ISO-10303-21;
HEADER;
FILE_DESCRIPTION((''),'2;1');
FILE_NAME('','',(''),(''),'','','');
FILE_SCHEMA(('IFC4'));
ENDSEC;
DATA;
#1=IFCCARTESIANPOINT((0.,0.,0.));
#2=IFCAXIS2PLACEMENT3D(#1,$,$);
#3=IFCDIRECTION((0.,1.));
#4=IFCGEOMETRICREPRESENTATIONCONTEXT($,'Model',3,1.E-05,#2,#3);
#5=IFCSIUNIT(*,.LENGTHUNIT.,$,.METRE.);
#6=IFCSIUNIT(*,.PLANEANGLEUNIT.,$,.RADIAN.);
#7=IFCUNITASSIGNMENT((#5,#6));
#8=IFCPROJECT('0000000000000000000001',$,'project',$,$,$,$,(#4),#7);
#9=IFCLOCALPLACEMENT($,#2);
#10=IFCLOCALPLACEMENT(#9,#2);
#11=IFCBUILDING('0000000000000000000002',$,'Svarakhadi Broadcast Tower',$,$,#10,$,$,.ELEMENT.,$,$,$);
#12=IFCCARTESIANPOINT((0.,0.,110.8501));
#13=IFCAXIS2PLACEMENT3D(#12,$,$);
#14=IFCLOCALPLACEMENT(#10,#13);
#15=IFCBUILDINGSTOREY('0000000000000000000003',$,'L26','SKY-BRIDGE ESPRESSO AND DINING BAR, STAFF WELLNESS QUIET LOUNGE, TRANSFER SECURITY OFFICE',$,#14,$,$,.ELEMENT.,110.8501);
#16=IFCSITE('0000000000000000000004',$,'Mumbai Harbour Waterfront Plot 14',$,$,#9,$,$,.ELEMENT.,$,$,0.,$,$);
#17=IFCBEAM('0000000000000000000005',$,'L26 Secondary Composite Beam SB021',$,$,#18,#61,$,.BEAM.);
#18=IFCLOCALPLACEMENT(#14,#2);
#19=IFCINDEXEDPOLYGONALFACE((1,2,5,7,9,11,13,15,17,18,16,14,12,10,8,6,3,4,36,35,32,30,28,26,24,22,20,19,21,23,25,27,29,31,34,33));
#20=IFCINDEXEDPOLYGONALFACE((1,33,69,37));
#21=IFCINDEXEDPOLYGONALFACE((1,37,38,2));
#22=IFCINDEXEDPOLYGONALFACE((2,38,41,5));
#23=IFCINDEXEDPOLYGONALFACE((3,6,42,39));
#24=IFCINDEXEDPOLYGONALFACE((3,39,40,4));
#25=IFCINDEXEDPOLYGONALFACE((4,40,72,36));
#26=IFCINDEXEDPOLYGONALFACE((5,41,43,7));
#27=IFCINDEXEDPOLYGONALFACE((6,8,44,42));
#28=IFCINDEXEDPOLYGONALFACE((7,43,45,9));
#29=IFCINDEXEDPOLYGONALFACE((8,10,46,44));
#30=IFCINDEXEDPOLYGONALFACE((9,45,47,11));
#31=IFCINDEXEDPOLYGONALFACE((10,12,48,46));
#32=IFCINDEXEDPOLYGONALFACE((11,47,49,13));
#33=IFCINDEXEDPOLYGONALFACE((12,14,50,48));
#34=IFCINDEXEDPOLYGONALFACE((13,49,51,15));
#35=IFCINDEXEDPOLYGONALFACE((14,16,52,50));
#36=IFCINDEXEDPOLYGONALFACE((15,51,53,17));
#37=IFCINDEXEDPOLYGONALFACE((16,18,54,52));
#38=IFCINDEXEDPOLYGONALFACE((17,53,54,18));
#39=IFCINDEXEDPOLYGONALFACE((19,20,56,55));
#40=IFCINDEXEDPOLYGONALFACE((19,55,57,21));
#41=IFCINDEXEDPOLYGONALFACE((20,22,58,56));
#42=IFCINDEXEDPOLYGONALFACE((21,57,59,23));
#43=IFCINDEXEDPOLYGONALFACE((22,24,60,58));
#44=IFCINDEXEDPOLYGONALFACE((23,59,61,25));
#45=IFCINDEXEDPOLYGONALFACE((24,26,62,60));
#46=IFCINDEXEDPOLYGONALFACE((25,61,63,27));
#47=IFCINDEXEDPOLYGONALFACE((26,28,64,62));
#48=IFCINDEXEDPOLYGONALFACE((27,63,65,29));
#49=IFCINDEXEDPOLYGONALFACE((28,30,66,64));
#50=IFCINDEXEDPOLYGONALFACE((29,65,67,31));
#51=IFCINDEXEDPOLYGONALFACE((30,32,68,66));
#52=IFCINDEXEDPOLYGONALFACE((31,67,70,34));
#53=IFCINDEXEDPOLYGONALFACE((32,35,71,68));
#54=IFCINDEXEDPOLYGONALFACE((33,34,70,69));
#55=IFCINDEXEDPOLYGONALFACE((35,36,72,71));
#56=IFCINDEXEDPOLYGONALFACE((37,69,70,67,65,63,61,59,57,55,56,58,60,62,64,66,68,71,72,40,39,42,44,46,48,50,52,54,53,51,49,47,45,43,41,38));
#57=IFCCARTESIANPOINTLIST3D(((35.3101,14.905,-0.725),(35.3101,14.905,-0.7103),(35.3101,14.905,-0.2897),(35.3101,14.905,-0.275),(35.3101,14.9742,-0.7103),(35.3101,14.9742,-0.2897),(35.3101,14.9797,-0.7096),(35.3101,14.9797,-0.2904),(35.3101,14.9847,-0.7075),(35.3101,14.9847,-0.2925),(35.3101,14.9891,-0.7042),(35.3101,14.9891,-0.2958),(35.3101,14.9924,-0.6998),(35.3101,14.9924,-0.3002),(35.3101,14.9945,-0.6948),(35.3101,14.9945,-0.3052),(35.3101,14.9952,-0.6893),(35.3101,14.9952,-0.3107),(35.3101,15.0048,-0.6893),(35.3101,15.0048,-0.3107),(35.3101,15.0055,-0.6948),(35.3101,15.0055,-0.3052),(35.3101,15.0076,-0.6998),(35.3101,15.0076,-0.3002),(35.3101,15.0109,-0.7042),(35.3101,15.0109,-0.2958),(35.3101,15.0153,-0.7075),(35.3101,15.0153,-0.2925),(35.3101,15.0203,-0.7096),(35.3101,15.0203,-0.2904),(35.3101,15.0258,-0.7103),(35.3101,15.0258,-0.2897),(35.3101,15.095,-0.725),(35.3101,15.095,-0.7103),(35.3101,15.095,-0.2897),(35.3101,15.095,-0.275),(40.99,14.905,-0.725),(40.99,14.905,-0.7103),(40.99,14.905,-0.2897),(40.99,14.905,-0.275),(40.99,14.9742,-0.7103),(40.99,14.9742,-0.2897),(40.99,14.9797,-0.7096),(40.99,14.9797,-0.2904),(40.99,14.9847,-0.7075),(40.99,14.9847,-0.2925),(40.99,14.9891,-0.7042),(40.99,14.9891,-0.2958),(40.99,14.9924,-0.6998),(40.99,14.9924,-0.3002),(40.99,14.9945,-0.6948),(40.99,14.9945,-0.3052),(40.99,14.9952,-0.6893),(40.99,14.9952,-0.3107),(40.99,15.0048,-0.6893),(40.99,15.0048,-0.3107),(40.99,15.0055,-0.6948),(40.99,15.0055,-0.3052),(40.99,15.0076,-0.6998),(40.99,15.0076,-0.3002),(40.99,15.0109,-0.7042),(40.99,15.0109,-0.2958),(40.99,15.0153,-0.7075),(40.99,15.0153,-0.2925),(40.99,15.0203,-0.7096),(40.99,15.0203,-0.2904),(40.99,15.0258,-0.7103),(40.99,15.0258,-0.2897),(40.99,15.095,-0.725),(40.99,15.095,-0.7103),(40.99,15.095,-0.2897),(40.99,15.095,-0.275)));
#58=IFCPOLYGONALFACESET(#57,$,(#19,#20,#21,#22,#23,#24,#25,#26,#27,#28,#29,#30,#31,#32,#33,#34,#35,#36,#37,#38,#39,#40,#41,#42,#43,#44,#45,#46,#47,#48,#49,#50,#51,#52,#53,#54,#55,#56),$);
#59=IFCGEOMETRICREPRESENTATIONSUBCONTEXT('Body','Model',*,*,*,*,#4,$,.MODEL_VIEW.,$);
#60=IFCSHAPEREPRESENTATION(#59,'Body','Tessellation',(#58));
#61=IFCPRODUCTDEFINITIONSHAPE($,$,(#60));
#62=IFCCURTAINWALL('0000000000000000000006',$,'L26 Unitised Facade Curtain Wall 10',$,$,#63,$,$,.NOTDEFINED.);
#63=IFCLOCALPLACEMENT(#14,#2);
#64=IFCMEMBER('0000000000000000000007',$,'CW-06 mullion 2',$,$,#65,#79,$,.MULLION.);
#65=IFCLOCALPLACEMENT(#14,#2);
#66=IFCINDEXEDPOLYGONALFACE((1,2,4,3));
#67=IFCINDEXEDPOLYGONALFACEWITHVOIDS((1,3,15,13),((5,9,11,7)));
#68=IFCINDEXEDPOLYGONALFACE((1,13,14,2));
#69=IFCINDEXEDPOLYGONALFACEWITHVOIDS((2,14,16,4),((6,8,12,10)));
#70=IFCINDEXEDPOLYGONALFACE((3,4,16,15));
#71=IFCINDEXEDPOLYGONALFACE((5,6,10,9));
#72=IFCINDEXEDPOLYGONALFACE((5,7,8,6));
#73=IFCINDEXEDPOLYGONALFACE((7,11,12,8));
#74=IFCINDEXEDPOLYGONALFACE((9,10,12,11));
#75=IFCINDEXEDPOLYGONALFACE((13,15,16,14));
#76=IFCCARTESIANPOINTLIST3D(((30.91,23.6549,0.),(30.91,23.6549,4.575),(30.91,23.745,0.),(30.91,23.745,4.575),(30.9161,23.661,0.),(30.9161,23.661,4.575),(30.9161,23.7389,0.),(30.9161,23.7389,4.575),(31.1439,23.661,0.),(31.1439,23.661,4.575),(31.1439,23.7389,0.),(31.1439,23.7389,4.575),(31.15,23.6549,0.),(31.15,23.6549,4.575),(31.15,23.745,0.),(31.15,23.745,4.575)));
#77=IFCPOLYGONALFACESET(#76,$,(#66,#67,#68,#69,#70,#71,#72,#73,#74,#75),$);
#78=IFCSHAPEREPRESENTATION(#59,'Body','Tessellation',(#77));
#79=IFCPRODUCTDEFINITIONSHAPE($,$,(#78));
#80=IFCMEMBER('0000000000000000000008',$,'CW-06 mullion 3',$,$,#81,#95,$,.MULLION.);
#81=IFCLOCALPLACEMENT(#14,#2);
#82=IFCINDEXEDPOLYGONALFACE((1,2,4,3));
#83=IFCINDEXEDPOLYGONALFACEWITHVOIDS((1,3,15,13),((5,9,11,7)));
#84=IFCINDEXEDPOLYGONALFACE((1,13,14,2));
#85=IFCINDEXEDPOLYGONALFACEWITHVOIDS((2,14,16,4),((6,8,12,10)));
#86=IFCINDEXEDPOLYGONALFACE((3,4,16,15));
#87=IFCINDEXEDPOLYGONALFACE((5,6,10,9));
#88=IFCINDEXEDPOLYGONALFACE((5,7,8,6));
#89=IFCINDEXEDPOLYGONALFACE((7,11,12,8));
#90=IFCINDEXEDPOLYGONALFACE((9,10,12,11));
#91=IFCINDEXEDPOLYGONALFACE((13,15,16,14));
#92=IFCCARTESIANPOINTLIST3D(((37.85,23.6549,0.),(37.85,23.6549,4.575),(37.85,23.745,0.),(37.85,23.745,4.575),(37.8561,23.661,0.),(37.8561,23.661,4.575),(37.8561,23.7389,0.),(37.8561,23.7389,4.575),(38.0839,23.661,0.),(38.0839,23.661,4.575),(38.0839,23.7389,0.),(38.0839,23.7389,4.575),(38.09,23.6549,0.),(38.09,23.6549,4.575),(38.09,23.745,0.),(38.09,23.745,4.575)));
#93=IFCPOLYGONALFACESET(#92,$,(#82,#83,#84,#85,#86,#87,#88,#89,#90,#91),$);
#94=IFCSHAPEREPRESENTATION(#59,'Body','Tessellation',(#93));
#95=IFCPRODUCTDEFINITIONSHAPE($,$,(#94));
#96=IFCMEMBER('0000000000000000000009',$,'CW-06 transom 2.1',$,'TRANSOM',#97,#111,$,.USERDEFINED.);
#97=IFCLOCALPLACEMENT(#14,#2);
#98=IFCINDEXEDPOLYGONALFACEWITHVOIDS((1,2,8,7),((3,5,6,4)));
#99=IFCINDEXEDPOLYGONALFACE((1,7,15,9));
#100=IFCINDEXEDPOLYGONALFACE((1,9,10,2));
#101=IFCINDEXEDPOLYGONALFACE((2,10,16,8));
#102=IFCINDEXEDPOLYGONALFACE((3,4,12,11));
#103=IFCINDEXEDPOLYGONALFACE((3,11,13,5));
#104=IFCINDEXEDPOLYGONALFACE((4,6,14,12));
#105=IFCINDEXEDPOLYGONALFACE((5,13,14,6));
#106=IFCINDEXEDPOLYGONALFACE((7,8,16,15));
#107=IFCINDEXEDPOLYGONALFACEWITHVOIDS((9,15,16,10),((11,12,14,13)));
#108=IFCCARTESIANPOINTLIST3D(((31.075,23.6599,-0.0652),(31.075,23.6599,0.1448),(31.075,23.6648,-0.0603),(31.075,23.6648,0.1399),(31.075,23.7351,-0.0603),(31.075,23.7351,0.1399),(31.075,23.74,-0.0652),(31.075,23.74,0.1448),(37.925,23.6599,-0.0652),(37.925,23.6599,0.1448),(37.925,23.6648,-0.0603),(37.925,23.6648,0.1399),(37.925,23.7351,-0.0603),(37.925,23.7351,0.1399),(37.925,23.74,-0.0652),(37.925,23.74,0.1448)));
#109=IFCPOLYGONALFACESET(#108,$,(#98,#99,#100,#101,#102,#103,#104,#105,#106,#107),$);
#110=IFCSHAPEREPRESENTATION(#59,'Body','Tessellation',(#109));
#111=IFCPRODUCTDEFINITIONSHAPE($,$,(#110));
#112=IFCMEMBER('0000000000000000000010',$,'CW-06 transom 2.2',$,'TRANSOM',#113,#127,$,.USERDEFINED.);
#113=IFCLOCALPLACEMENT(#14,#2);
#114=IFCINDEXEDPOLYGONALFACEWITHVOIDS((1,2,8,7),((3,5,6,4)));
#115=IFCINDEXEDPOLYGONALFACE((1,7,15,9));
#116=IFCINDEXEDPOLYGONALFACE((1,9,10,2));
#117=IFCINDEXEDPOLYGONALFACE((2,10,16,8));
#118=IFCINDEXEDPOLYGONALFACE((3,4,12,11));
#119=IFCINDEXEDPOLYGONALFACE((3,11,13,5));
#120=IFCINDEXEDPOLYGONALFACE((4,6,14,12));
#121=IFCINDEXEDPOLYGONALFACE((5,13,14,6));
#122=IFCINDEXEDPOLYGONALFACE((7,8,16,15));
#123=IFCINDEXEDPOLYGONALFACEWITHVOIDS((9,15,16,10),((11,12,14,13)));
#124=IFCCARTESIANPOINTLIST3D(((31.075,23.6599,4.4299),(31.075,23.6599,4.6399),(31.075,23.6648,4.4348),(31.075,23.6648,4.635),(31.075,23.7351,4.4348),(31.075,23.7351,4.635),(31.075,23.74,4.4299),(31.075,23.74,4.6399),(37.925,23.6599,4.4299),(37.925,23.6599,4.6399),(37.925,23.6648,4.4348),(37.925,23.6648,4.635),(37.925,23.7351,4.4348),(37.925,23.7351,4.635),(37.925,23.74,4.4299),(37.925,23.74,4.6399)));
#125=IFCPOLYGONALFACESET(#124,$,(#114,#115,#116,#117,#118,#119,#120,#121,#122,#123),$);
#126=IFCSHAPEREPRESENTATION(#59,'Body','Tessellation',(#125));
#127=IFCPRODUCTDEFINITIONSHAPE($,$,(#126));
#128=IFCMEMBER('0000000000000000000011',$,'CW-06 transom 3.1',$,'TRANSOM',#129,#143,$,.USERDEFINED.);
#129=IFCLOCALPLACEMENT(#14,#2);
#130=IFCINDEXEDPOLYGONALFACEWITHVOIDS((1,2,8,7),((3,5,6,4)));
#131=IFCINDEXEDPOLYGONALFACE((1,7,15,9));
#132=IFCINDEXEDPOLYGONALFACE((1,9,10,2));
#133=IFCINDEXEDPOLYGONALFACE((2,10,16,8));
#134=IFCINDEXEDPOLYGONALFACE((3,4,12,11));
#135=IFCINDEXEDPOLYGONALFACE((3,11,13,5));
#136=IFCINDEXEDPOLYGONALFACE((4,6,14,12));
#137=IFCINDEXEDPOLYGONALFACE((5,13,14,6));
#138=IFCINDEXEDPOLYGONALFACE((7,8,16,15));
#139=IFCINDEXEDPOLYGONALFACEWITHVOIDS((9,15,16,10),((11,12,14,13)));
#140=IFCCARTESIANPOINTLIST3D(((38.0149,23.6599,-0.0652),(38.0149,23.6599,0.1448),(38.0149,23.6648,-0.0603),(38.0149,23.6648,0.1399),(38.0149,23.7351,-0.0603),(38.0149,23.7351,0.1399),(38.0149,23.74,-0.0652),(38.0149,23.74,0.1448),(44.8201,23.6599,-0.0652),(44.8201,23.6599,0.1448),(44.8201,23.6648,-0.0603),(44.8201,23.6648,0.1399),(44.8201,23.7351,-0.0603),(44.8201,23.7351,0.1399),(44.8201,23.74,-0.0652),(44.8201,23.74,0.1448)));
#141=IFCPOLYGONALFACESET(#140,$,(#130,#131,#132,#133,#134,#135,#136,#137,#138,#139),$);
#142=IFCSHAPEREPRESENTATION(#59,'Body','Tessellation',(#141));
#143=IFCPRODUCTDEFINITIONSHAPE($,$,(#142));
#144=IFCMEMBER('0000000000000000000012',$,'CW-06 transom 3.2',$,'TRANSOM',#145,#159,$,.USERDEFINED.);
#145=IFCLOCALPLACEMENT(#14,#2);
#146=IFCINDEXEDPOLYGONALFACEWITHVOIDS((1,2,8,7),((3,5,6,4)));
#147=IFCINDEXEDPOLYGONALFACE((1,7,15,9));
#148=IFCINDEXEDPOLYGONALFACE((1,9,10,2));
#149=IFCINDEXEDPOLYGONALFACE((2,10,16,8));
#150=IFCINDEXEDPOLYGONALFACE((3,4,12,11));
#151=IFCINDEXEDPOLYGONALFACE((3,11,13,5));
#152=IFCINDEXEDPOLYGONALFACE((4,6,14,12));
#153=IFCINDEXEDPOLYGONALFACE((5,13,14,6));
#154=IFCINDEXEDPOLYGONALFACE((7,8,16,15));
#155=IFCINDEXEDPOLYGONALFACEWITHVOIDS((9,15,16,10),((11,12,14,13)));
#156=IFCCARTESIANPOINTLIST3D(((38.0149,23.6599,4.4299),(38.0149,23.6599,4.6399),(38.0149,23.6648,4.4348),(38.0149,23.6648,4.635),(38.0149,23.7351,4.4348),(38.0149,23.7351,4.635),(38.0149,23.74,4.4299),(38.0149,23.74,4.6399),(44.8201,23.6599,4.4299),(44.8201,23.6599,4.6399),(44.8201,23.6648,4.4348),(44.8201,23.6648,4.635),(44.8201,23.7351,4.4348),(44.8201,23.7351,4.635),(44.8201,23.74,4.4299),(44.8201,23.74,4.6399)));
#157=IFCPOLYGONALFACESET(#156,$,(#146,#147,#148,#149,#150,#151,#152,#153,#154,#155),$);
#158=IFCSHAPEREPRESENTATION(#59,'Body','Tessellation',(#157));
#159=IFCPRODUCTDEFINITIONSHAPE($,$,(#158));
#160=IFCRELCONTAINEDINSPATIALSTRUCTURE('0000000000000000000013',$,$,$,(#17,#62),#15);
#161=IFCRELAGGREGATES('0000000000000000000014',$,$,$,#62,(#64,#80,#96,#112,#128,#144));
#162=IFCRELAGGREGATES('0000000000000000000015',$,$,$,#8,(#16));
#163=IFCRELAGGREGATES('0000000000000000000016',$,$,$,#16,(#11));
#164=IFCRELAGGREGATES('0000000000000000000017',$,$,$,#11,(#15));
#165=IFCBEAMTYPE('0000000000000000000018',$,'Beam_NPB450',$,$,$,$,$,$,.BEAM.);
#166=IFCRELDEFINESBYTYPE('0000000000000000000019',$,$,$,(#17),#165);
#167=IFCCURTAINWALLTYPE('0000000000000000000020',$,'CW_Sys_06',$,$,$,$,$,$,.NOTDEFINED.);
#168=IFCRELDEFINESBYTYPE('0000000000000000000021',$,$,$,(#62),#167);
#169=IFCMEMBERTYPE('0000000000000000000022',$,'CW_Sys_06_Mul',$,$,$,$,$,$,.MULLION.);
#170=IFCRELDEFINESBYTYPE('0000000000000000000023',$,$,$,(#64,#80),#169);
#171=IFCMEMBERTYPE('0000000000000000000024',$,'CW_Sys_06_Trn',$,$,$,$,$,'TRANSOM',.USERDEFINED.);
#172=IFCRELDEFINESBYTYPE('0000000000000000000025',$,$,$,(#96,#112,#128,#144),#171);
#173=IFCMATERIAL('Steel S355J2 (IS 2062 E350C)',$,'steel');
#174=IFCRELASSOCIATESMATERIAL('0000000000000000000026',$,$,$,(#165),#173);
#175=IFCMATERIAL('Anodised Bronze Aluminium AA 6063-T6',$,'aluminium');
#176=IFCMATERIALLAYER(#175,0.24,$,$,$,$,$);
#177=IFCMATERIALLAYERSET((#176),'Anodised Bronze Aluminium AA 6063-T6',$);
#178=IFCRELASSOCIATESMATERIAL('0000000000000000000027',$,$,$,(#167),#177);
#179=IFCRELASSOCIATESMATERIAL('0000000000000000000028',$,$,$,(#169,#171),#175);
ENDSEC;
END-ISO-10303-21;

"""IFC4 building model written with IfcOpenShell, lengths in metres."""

from ifc_helpers import new_model, si_unit, direction, frame, origin, origin_2d, place, context, subcontext, project, spatial, hollow_rectangle, i_section, extrude, material, layer, layer_set, material_profile, profile_set, type_object, element, aggregate, save


model = new_model("IFC4")

# Units and contexts
model_context = context("Model", 3, precision=1e-05, world=origin(), true_north=direction((0.0, 1.0)))
body_context = subcontext(model_context, "Body", "Model", "MODEL_VIEW")
ifc_project = project(units=[si_unit("LENGTHUNIT", "METRE"), si_unit("PLANEANGLEUNIT", "RADIAN")], contexts=[model_context])

# Site, building, storey
site_placement = place(None, origin())
site = spatial("IfcSite", under=ifc_project, at=site_placement, Name="Mumbai Harbour Waterfront Plot 14", CompositionType="ELEMENT", RefElevation=0.0)
building_placement = place(site_placement, origin())
building = spatial("IfcBuilding", under=site, at=building_placement, Name="Svarakhadi Broadcast Tower", CompositionType="ELEMENT")
storey_placement = place(building_placement, frame((0.0, 0.0, 110.8501)))
storey = spatial("IfcBuildingStorey", under=building, at=storey_placement, Name="L26", Description="SKY-BRIDGE ESPRESSO AND DINING BAR, STAFF WELLNESS QUIET LOUNGE, TRANSFER SECURITY OFFICE", CompositionType="ELEMENT", Elevation=110.8501)

# Beam
ifc_material_1 = material(Name="Steel S355J2 (IS 2062 E350C)", Category="steel")
ifc_material_profile_1 = material_profile(ifc_material_1, i_section(OverallWidth=0.1899, OverallDepth=0.45, WebThickness=0.0095, FlangeThickness=0.0146, FilletRadius=0.021, at=origin_2d()), Name="NPB 450x190x78")
ifc_profile_set_1 = profile_set([ifc_material_profile_1], Name="Steel S355J2 (IS 2062 E350C)")
beam_type_1 = type_object("IfcBeamType", Name="Beam_NPB450", PredefinedType="BEAM", material=ifc_profile_set_1)
beam_1_placement = place(storey_placement, frame((35.3101, 15.0, -0.5), z_axis=(1.0, 0.0, 0.0), x_axis=(0.0, 1.0, 0.0)))
element("IfcBeam", 1, at=beam_1_placement, inside=storey, type_object=beam_type_1, Name="L26 Secondary Composite Beam SB021", PredefinedType="BEAM", context=body_context, shape_type="SweptSolid", body=[
    extrude(i_section(OverallWidth=0.1899, OverallDepth=0.45, WebThickness=0.0095, FlangeThickness=0.0146, FilletRadius=0.021, at=origin_2d()), origin(), (0.0, 0.0, 1.0), 5.6799),
])

# Curtain wall, members
ifc_material_2 = material(Name="Anodised Bronze Aluminium AA 6063-T6", Category="aluminium")
ifc_layer_1 = layer(ifc_material_2, 0.24)
ifc_layer_set_1 = layer_set([ifc_layer_1], Name="Anodised Bronze Aluminium AA 6063-T6")
curtain_wall_type = type_object("IfcCurtainWallType", Name="CW_Sys_06", PredefinedType="NOTDEFINED", material=ifc_layer_set_1)
curtain_wall_placement = place(storey_placement, origin())
curtain_wall = element("IfcCurtainWall", 2, at=curtain_wall_placement, inside=storey, type_object=curtain_wall_type, Name="L26 Unitised Facade Curtain Wall 10", PredefinedType="NOTDEFINED")
ifc_material_profile_2 = material_profile(ifc_material_2, hollow_rectangle(XDim=0.0901, YDim=0.24, WallThickness=0.0061, at=origin_2d()), Name="ALU MULLION 240x90x6")
ifc_profile_set_2 = profile_set([ifc_material_profile_2], Name="Anodised Bronze Aluminium AA 6063-T6")
member_type_1 = type_object("IfcMemberType", Name="CW_Sys_06_Mul", PredefinedType="MULLION", material=ifc_profile_set_2)
member_1_placement = place(storey_placement, frame((31.03, 23.7, 0.0), z_axis=(0.0, 0.0, 1.0), x_axis=(0.0, 1.0, 0.0)))
member_1 = element("IfcMember", 3, at=member_1_placement, type_object=member_type_1, Name="CW-06 mullion 2", PredefinedType="MULLION", context=body_context, shape_type="SweptSolid", body=[
    extrude(hollow_rectangle(XDim=0.0901, YDim=0.24, WallThickness=0.0061, at=origin_2d()), origin(), (0.0, 0.0, 1.0), 4.575),
])
member_2_placement = place(storey_placement, frame((37.97, 23.7, 0.0), z_axis=(0.0, 0.0, 1.0), x_axis=(0.0, 1.0, 0.0)))
member_2 = element("IfcMember", 4, at=member_2_placement, type_object=member_type_1, Name="CW-06 mullion 3", PredefinedType="MULLION", context=body_context, shape_type="SweptSolid", body=[
    extrude(hollow_rectangle(XDim=0.0901, YDim=0.24, WallThickness=0.0061, at=origin_2d()), origin(), (0.0, 0.0, 1.0), 4.575),
])
ifc_material_profile_3 = material_profile(ifc_material_2, hollow_rectangle(XDim=0.0801, YDim=0.21, WallThickness=0.0049, at=origin_2d()), Name="ALU TRANSOM 210x80x5")
ifc_profile_set_3 = profile_set([ifc_material_profile_3], Name="Anodised Bronze Aluminium AA 6063-T6")
member_type_2 = type_object("IfcMemberType", Name="CW_Sys_06_Trn", ElementType="TRANSOM", PredefinedType="USERDEFINED", material=ifc_profile_set_3)
member_3_placement = place(storey_placement, frame((31.075, 23.7, 0.0398), z_axis=(1.0, 0.0, 0.0), x_axis=(0.0, 1.0, 0.0)))
member_3 = element("IfcMember", 5, at=member_3_placement, type_object=member_type_2, Name="CW-06 transom 2.1", ObjectType="TRANSOM", PredefinedType="USERDEFINED", context=body_context, shape_type="SweptSolid", body=[
    extrude(hollow_rectangle(XDim=0.0801, YDim=0.21, WallThickness=0.0049, at=origin_2d()), origin(), (0.0, 0.0, 1.0), 6.8501),
])
member_4_placement = place(storey_placement, frame((31.075, 23.7, 4.5349), z_axis=(1.0, 0.0, 0.0), x_axis=(0.0, 1.0, 0.0)))
member_4 = element("IfcMember", 6, at=member_4_placement, type_object=member_type_2, Name="CW-06 transom 2.2", ObjectType="TRANSOM", PredefinedType="USERDEFINED", context=body_context, shape_type="SweptSolid", body=[
    extrude(hollow_rectangle(XDim=0.0801, YDim=0.21, WallThickness=0.0049, at=origin_2d()), origin(), (0.0, 0.0, 1.0), 6.8501),
])
member_5_placement = place(storey_placement, frame((38.0149, 23.7, 0.0398), z_axis=(1.0, 0.0, 0.0), x_axis=(0.0, 1.0, 0.0)))
member_5 = element("IfcMember", 7, at=member_5_placement, type_object=member_type_2, Name="CW-06 transom 3.1", ObjectType="TRANSOM", PredefinedType="USERDEFINED", context=body_context, shape_type="SweptSolid", body=[
    extrude(hollow_rectangle(XDim=0.0801, YDim=0.21, WallThickness=0.0049, at=origin_2d()), origin(), (0.0, 0.0, 1.0), 6.8052),
])
member_6_placement = place(storey_placement, frame((38.0149, 23.7, 4.5349), z_axis=(1.0, 0.0, 0.0), x_axis=(0.0, 1.0, 0.0)))
member_6 = element("IfcMember", 8, at=member_6_placement, type_object=member_type_2, Name="CW-06 transom 3.2", ObjectType="TRANSOM", PredefinedType="USERDEFINED", context=body_context, shape_type="SweptSolid", body=[
    extrude(hollow_rectangle(XDim=0.0801, YDim=0.21, WallThickness=0.0049, at=origin_2d()), origin(), (0.0, 0.0, 1.0), 6.8052),
])

aggregate(curtain_wall, [member_1, member_2, member_3, member_4, member_5, member_6])

save(model, "model.ifc")
